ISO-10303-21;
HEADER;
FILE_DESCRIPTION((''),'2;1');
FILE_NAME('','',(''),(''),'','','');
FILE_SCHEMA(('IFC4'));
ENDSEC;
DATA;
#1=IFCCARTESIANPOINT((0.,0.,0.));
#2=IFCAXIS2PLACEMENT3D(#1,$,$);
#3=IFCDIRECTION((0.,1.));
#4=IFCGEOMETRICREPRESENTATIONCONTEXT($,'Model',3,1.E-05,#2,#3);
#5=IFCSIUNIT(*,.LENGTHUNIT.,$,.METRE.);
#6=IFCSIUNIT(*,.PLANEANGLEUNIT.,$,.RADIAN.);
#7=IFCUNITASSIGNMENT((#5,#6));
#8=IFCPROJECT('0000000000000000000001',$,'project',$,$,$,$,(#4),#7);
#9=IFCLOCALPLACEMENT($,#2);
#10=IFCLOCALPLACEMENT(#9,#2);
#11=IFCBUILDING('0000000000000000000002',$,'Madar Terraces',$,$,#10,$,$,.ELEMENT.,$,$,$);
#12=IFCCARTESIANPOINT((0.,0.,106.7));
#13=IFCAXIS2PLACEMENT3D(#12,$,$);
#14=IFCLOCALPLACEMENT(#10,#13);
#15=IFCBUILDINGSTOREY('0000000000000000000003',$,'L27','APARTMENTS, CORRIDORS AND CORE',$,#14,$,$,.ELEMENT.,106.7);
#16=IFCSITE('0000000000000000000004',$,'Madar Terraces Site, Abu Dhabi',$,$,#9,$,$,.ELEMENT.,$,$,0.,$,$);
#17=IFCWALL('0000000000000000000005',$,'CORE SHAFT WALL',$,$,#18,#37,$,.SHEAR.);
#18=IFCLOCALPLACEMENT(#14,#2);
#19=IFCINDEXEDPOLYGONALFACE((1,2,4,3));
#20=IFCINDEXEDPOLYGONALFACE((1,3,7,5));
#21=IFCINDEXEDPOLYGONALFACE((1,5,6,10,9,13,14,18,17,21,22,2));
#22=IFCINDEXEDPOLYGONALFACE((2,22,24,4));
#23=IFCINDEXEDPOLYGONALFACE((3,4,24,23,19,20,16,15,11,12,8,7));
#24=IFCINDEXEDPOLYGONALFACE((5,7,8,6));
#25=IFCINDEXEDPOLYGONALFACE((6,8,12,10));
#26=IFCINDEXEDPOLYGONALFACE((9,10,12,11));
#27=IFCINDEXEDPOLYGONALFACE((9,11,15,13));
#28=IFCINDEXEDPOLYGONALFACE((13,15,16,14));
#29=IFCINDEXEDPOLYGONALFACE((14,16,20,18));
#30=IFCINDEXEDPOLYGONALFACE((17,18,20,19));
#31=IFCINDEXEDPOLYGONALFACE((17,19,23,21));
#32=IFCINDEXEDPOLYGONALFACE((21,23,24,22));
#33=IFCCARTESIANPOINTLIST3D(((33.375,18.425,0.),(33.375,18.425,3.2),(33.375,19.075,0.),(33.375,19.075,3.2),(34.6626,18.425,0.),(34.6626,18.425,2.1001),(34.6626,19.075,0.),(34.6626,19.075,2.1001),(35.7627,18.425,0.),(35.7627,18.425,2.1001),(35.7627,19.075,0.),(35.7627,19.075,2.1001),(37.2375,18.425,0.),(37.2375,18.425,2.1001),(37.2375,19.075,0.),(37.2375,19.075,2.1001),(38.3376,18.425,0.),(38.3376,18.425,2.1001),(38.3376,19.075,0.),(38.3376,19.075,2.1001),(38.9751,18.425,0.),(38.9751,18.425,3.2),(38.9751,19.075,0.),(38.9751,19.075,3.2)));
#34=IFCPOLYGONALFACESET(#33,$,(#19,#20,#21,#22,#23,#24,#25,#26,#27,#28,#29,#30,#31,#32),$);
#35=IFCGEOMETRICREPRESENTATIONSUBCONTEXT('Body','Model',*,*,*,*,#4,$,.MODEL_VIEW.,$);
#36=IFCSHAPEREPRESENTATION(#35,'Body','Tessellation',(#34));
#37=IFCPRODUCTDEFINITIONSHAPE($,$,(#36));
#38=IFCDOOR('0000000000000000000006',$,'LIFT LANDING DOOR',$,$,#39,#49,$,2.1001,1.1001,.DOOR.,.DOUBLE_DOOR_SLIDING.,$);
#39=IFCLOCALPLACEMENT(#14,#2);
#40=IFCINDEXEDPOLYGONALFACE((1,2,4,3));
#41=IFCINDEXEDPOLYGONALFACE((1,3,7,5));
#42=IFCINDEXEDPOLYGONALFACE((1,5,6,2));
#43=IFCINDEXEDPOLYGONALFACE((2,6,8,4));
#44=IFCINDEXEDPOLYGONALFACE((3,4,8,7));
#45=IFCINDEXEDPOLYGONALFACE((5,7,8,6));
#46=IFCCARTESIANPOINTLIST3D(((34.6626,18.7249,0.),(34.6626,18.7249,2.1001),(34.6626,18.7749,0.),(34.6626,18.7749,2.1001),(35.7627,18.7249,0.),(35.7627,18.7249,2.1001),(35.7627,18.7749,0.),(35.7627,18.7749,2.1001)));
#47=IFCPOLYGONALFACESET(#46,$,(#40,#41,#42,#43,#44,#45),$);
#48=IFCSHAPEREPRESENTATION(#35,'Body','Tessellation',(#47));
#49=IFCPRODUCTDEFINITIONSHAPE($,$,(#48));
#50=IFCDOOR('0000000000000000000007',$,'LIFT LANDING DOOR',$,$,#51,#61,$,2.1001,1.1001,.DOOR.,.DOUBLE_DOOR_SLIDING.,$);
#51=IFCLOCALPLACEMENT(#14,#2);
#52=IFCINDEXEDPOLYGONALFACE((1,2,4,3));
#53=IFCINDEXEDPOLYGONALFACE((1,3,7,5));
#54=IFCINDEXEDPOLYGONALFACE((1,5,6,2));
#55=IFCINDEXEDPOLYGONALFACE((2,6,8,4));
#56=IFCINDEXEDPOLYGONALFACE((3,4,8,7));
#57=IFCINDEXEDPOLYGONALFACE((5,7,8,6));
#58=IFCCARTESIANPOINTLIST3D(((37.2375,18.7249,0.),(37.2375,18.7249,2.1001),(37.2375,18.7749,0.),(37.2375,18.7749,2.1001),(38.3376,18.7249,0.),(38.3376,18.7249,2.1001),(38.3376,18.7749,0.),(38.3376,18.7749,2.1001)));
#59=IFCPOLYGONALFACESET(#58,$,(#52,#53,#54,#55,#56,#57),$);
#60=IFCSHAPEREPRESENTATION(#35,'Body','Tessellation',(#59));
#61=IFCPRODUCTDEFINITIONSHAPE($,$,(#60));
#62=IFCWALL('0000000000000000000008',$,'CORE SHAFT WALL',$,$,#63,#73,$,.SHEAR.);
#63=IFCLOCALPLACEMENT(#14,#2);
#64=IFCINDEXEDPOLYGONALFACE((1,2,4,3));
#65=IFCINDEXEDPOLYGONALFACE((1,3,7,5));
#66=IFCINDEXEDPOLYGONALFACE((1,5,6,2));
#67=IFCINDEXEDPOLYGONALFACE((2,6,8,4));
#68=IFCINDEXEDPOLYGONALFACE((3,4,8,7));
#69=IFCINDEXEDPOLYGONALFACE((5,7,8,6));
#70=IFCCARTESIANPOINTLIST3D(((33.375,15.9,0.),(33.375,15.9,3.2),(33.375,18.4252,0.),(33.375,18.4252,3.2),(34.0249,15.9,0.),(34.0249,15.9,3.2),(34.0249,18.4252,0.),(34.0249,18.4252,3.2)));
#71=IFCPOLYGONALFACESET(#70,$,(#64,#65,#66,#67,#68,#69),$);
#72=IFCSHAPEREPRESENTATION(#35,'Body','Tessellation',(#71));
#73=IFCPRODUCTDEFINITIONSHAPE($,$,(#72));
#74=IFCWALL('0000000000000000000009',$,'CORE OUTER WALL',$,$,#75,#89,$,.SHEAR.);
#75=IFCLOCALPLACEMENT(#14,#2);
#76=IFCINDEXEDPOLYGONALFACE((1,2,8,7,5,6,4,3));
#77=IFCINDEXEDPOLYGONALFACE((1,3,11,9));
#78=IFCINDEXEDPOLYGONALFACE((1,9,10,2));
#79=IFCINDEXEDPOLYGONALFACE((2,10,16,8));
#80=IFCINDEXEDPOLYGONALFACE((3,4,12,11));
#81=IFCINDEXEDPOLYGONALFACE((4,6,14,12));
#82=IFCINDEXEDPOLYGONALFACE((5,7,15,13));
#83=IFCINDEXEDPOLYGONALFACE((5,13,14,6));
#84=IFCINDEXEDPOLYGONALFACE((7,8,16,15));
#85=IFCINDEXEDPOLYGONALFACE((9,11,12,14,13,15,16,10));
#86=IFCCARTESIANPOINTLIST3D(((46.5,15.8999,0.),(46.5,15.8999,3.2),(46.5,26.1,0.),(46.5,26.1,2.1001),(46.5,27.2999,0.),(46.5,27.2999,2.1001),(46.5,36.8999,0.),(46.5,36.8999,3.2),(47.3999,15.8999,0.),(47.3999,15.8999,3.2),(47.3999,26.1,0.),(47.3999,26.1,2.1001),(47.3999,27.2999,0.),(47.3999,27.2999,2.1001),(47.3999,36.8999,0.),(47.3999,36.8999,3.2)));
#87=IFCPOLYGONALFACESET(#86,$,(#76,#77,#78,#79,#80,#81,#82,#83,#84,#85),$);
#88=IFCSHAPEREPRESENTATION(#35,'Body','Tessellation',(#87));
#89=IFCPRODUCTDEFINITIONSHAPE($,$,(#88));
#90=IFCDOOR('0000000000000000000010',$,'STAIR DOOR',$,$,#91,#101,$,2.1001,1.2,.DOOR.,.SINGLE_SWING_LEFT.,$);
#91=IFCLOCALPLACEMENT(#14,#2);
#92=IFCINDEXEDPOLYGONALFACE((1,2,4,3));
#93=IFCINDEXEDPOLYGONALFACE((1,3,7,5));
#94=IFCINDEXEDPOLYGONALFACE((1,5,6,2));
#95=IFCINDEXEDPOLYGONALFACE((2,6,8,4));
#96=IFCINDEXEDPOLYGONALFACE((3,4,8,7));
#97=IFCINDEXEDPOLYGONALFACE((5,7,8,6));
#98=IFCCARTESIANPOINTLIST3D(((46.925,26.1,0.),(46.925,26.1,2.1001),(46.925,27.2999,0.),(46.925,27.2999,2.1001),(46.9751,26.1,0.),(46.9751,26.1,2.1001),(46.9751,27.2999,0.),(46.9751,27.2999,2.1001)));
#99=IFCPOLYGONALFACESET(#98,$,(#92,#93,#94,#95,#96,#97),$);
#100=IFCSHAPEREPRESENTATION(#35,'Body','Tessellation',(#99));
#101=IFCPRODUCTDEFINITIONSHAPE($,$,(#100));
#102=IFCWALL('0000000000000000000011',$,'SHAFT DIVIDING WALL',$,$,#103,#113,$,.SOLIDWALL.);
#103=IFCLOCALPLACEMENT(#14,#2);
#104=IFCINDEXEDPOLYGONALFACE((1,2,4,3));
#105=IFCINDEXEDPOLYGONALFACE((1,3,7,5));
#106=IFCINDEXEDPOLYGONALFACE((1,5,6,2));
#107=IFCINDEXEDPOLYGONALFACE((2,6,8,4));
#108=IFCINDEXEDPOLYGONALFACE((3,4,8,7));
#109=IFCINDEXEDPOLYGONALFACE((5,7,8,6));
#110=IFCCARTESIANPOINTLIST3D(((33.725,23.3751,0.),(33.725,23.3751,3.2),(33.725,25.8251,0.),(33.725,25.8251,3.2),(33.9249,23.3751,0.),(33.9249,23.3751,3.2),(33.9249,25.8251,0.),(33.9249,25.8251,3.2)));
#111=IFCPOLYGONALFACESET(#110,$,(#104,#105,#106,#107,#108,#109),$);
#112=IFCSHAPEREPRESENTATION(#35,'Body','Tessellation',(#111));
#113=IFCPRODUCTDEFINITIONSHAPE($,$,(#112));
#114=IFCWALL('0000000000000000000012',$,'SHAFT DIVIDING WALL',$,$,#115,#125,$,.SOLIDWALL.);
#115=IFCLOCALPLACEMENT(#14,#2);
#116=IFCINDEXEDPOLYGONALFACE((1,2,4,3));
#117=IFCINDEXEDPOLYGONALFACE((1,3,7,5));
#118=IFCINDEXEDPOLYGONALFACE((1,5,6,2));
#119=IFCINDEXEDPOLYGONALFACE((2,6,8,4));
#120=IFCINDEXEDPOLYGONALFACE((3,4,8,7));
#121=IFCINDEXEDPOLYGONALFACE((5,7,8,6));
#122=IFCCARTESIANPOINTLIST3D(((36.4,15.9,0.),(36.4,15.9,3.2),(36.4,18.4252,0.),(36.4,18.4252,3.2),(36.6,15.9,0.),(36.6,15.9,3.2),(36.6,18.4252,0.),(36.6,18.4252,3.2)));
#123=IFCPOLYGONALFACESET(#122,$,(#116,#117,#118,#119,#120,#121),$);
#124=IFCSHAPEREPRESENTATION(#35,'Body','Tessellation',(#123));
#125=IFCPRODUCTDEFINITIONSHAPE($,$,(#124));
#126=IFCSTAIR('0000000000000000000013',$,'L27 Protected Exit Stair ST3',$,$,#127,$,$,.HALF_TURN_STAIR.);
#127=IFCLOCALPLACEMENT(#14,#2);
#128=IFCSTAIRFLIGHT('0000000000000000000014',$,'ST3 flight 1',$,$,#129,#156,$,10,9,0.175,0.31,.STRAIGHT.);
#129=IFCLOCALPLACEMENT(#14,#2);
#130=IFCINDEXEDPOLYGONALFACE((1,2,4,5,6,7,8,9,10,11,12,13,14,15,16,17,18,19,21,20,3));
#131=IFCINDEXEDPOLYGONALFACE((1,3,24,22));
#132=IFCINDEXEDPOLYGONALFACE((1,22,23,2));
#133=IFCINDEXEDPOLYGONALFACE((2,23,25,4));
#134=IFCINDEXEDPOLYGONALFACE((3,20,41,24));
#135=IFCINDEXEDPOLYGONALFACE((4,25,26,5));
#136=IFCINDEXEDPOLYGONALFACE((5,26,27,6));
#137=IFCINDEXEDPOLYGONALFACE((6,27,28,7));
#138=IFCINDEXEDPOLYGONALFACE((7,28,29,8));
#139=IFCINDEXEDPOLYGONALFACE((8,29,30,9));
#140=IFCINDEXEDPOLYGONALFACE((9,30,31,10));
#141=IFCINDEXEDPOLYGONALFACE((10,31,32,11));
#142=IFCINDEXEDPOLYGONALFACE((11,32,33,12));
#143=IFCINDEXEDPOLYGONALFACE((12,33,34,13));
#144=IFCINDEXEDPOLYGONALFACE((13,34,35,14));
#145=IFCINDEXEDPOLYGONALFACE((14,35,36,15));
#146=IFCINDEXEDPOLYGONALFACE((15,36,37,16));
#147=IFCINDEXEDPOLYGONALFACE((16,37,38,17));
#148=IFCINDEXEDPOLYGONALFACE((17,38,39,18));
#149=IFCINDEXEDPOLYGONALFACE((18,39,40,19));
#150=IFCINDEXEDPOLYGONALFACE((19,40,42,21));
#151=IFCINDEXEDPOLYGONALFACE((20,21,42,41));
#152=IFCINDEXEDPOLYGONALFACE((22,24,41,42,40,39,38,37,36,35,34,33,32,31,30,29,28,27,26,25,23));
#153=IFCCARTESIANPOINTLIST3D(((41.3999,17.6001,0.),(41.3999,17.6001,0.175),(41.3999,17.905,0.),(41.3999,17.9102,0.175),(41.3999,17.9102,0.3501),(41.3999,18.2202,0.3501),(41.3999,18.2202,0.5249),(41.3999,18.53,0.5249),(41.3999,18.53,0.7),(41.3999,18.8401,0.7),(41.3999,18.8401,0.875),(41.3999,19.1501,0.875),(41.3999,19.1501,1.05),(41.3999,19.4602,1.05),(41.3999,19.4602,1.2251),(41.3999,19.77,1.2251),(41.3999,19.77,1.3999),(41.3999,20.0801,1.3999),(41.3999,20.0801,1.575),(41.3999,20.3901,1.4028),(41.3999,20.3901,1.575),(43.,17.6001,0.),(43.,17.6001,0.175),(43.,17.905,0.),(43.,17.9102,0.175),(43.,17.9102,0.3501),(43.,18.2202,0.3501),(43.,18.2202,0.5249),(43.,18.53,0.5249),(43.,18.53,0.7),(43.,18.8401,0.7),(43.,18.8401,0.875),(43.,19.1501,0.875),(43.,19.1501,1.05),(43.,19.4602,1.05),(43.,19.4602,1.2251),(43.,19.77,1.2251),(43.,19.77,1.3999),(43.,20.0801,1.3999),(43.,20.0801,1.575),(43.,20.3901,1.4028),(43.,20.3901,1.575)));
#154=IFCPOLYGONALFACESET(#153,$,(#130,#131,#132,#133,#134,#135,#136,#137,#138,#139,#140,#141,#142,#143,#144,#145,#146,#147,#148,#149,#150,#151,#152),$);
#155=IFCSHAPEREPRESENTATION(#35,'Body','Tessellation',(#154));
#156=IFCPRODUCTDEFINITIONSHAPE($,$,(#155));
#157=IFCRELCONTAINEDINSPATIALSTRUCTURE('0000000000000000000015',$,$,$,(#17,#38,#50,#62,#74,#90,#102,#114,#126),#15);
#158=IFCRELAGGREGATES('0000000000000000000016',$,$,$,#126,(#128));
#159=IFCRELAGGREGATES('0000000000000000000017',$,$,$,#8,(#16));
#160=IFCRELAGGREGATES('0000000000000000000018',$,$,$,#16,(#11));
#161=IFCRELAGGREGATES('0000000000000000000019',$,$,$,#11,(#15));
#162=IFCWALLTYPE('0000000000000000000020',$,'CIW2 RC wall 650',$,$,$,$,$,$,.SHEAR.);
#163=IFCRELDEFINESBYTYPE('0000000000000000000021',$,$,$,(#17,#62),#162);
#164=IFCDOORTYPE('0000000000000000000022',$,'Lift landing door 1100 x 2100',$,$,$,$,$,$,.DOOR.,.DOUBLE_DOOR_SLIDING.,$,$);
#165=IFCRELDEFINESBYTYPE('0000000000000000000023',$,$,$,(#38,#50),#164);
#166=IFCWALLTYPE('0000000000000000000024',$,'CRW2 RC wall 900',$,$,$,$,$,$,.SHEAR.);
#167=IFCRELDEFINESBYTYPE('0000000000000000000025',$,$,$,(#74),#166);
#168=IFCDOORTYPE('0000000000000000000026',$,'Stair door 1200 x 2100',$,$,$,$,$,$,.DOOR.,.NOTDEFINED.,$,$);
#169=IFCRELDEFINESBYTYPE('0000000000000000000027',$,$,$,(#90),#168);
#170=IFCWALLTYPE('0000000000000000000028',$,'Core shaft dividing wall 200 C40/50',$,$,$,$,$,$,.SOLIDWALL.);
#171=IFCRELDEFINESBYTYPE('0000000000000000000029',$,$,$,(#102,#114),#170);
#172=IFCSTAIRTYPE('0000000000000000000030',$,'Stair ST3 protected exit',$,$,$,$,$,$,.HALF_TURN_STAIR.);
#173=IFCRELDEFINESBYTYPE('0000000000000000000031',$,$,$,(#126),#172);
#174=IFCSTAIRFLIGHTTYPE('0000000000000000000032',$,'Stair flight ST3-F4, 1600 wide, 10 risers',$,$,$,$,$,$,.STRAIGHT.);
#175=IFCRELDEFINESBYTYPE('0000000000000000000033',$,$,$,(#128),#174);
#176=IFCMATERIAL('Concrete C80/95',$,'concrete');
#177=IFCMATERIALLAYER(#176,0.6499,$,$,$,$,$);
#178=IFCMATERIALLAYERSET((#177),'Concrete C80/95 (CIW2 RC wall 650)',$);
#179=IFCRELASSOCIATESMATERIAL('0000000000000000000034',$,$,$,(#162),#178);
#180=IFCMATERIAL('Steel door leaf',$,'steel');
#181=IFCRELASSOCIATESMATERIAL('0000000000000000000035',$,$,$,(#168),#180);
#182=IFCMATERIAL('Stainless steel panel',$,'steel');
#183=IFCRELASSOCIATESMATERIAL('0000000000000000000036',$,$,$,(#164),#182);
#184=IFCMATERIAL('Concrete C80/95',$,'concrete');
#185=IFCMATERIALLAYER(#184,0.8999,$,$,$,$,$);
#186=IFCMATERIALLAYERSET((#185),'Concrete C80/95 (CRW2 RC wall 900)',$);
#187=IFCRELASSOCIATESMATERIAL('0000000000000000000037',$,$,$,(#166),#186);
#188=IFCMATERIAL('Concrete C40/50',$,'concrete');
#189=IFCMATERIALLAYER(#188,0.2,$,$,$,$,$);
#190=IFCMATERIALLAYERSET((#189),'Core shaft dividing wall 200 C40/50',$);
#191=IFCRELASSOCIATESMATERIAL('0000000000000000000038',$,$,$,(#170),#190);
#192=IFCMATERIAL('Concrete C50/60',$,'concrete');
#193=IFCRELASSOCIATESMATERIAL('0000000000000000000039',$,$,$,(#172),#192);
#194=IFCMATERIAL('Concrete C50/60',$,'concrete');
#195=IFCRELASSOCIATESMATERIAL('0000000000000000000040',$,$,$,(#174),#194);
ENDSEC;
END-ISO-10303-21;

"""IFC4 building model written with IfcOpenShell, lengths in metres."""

from ifc_helpers import new_model, si_unit, direction, frame, frame_2d, origin, place, context, subcontext, project, spatial, polyline, rectangle, outline, extrude, material, layer, layer_set, type_object, element, fill, aggregate, save


model = new_model("IFC4")

# Units and contexts
model_context = context("Model", 3, precision=1e-05, world=origin(), true_north=direction((0.0, 1.0)))
body_context = subcontext(model_context, "Body", "Model", "MODEL_VIEW")
ifc_project = project(units=[si_unit("LENGTHUNIT", "METRE"), si_unit("PLANEANGLEUNIT", "RADIAN")], contexts=[model_context])

# Site, building, storey
site_placement = place(None, origin())
site = spatial("IfcSite", under=ifc_project, at=site_placement, Name="Madar Terraces Site, Abu Dhabi", CompositionType="ELEMENT", RefElevation=0.0)
building_placement = place(site_placement, origin())
building = spatial("IfcBuilding", under=site, at=building_placement, Name="Madar Terraces", CompositionType="ELEMENT")
storey_placement = place(building_placement, frame((0.0, 0.0, 106.7)))
storey = spatial("IfcBuildingStorey", under=building, at=storey_placement, Name="L27", Description="APARTMENTS, CORRIDORS AND CORE", CompositionType="ELEMENT", Elevation=106.7)

# Shared definitions
ifc_material_1 = material(Name="Concrete C80/95", Category="concrete")
ifc_layer_1 = layer(ifc_material_1, 0.6499)
ifc_layer_set_1 = layer_set([ifc_layer_1], Name="Concrete C80/95 (CIW2 RC wall 650)")
wall_type_1 = type_object("IfcWallType", Name="CIW2 RC wall 650", PredefinedType="SHEAR", material=ifc_layer_set_1)

# Shared definitions
ifc_material_2 = material(Name="Steel door leaf", Category="steel")
door_type_1 = type_object("IfcDoorType", Name="Stair door 1200 x 2100", OperationType="NOTDEFINED", PredefinedType="DOOR", material=ifc_material_2)
ifc_material_3 = material(Name="Stainless steel panel", Category="steel")
door_type_2 = type_object("IfcDoorType", Name="Lift landing door 1100 x 2100", OperationType="DOUBLE_DOOR_SLIDING", PredefinedType="DOOR", material=ifc_material_3)

# Wall, openings, doors
wall_1_placement = place(storey_placement, frame((33.375, 18.75, 0.0), z_axis=(0.0, 0.0, 1.0), x_axis=(1.0, 0.0, 0.0)))
wall_1 = element("IfcWall", 1, at=wall_1_placement, inside=storey, type_object=wall_type_1, Name="CORE SHAFT WALL", PredefinedType="SHEAR", context=body_context, shape_type="SweptSolid", body=[
    extrude(rectangle(XDim=5.6001, YDim=0.6499, at=frame_2d((2.8, 0.0))), origin(), (0.0, 0.0, 1.0), 3.2),
])
opening_1_placement = place(wall_1_placement, frame((1.2876, 0.0, 0.0)))
opening_1 = element("IfcOpeningElement", 2, at=opening_1_placement, cuts=wall_1, PredefinedType="OPENING", context=body_context, shape_type="SweptSolid", body=[
    extrude(rectangle(XDim=1.1001, YDim=2.1001, at=frame_2d((0.55, 1.05))), frame((0.0, 0.335, 0.0), z_axis=(0.0, -1.0, 0.0), x_axis=(1.0, 0.0, 0.0)), (0.0, 0.0, 1.0), 0.6699),
])
opening_2_placement = place(wall_1_placement, frame((3.8625, 0.0, 0.0)))
opening_2 = element("IfcOpeningElement", 3, at=opening_2_placement, cuts=wall_1, PredefinedType="OPENING", context=body_context, shape_type="SweptSolid", body=[
    extrude(rectangle(XDim=1.1001, YDim=2.1001, at=frame_2d((0.55, 1.05))), frame((0.0, 0.335, 0.0), z_axis=(0.0, -1.0, 0.0), x_axis=(1.0, 0.0, 0.0)), (0.0, 0.0, 1.0), 0.6699),
])
door_1_placement = place(opening_1_placement, origin())
door_1 = element("IfcDoor", 4, at=door_1_placement, inside=storey, type_object=door_type_2, Name="LIFT LANDING DOOR", OperationType="DOUBLE_DOOR_SLIDING", OverallHeight=2.1001, OverallWidth=1.1001, PredefinedType="DOOR", context=body_context, shape_type="SweptSolid", body=[
    extrude(rectangle(XDim=1.1001, YDim=2.1001, at=frame_2d((0.55, 1.05))), frame((0.0, 0.0249, 0.0), z_axis=(0.0, -1.0, 0.0), x_axis=(1.0, 0.0, 0.0)), (0.0, 0.0, 1.0), 0.05),
])
fill(opening_1, door_1)
door_2_placement = place(opening_2_placement, origin())
door_2 = element("IfcDoor", 5, at=door_2_placement, inside=storey, type_object=door_type_2, Name="LIFT LANDING DOOR", OperationType="DOUBLE_DOOR_SLIDING", OverallHeight=2.1001, OverallWidth=1.1001, PredefinedType="DOOR", context=body_context, shape_type="SweptSolid", body=[
    extrude(rectangle(XDim=1.1001, YDim=2.1001, at=frame_2d((0.55, 1.05))), frame((0.0, 0.0249, 0.0), z_axis=(0.0, -1.0, 0.0), x_axis=(1.0, 0.0, 0.0)), (0.0, 0.0, 1.0), 0.05),
])
fill(opening_2, door_2)

# Wall
wall_2_placement = place(storey_placement, frame((33.7, 15.8999, 0.0), z_axis=(0.0, 0.0, 1.0), x_axis=(0.0, 1.0, 0.0)))
element("IfcWall", 6, at=wall_2_placement, inside=storey, type_object=wall_type_1, Name="CORE SHAFT WALL", PredefinedType="SHEAR", context=body_context, shape_type="SweptSolid", body=[
    extrude(rectangle(XDim=2.5251, YDim=0.6499, at=frame_2d((1.2627, 0.0))), origin(), (0.0, 0.0, 1.0), 3.2),
])

# Wall, opening, door
ifc_material_4 = material(Name="Concrete C80/95", Category="concrete")
ifc_layer_2 = layer(ifc_material_4, 0.8999)
ifc_layer_set_2 = layer_set([ifc_layer_2], Name="Concrete C80/95 (CRW2 RC wall 900)")
wall_type_2 = type_object("IfcWallType", Name="CRW2 RC wall 900", PredefinedType="SHEAR", material=ifc_layer_set_2)
wall_3_placement = place(storey_placement, frame((46.95, 15.8999, 0.0), z_axis=(0.0, 0.0, 1.0), x_axis=(0.0, 1.0, 0.0)))
wall_3 = element("IfcWall", 7, at=wall_3_placement, inside=storey, type_object=wall_type_2, Name="CORE OUTER WALL", PredefinedType="SHEAR", context=body_context, shape_type="SweptSolid", body=[
    extrude(rectangle(XDim=21.0, YDim=0.8999, at=frame_2d((10.5, 0.0))), origin(), (0.0, 0.0, 1.0), 3.2),
])
opening_3_placement = place(wall_3_placement, frame((10.2, 0.0, 0.0)))
opening_3 = element("IfcOpeningElement", 8, at=opening_3_placement, cuts=wall_3, PredefinedType="OPENING", context=body_context, shape_type="SweptSolid", body=[
    extrude(rectangle(XDim=1.2, YDim=2.1001, at=frame_2d((0.6001, 1.05))), frame((0.0, 0.46, 0.0), z_axis=(0.0, -1.0, 0.0), x_axis=(1.0, 0.0, 0.0)), (0.0, 0.0, 1.0), 0.9199),
])
door_3_placement = place(opening_3_placement, origin())
door_3 = element("IfcDoor", 9, at=door_3_placement, inside=storey, type_object=door_type_1, Name="STAIR DOOR", OperationType="SINGLE_SWING_LEFT", OverallHeight=2.1001, OverallWidth=1.2, PredefinedType="DOOR", context=body_context, shape_type="SweptSolid", body=[
    extrude(rectangle(XDim=1.2, YDim=2.1001, at=frame_2d((0.6001, 1.05))), frame((0.0, 0.0249, 0.0), z_axis=(0.0, -1.0, 0.0), x_axis=(1.0, 0.0, 0.0)), (0.0, 0.0, 1.0), 0.05),
])
fill(opening_3, door_3)

# Walls
ifc_material_5 = material(Name="Concrete C40/50", Category="concrete")
ifc_layer_3 = layer(ifc_material_5, 0.2)
ifc_layer_set_3 = layer_set([ifc_layer_3], Name="Core shaft dividing wall 200 C40/50")
wall_type_3 = type_object("IfcWallType", Name="Core shaft dividing wall 200 C40/50", PredefinedType="SOLIDWALL", material=ifc_layer_set_3)
wall_4_placement = place(storey_placement, frame((33.825, 23.375, 0.0), z_axis=(0.0, 0.0, 1.0), x_axis=(0.0, 1.0, 0.0)))
element("IfcWall", 10, at=wall_4_placement, inside=storey, type_object=wall_type_3, Name="SHAFT DIVIDING WALL", PredefinedType="SOLIDWALL", context=body_context, shape_type="SweptSolid", body=[
    extrude(rectangle(XDim=2.45, YDim=0.2, at=frame_2d((1.2251, 0.0))), origin(), (0.0, 0.0, 1.0), 3.2),
])
wall_5_placement = place(storey_placement, frame((36.5, 15.8999, 0.0), z_axis=(0.0, 0.0, 1.0), x_axis=(0.0, 1.0, 0.0)))
element("IfcWall", 11, at=wall_5_placement, inside=storey, type_object=wall_type_3, Name="SHAFT DIVIDING WALL", PredefinedType="SOLIDWALL", context=body_context, shape_type="SweptSolid", body=[
    extrude(rectangle(XDim=2.5251, YDim=0.2, at=frame_2d((1.2627, 0.0))), origin(), (0.0, 0.0, 1.0), 3.2),
])

# Stair, stair flight
ifc_material_6 = material(Name="Concrete C50/60", Category="concrete")
stair_type = type_object("IfcStairType", Name="Stair ST3 protected exit", PredefinedType="HALF_TURN_STAIR", material=ifc_material_6)
stair_placement = place(storey_placement, origin())
stair = element("IfcStair", 12, at=stair_placement, inside=storey, type_object=stair_type, Name="L27 Protected Exit Stair ST3", PredefinedType="HALF_TURN_STAIR")
ifc_material_7 = material(Name="Concrete C50/60", Category="concrete")
stair_flight_type = type_object("IfcStairFlightType", Name="Stair flight ST3-F4, 1600 wide, 10 risers", PredefinedType="STRAIGHT", material=ifc_material_7)
stair_flight_1_placement = place(storey_placement, frame((42.2, 17.6001, 0.0), z_axis=(0.0, 0.0, 1.0), x_axis=(0.0, 1.0, 0.0)))
stair_flight_1 = element("IfcStairFlight", 13, at=stair_flight_1_placement, type_object=stair_flight_type, Name="ST3 flight 1", NumberOfRisers=10, NumberOfTreads=9, PredefinedType="STRAIGHT", RiserHeight=0.175, TreadLength=0.31, context=body_context, shape_type="SweptSolid", body=[
    extrude(outline(polyline([(0.0, 0.0), (0.0, 0.175), (0.3101, 0.175), (0.3101, 0.3501), (0.6201, 0.3501), (0.6201, 0.5249), (0.9299, 0.5249), (0.9299, 0.7), (1.24, 0.7), (1.24, 0.875), (1.55, 0.875), (1.55, 1.05), (1.8601, 1.05), (1.8601, 1.2251), (2.1699, 1.2251), (2.1699, 1.3999), (2.48, 1.3999), (2.48, 1.575), (2.79, 1.575), (2.79, 1.75), (2.79, 1.4028), (0.3049, 0.0), (0.0, 0.0)])), frame((0.0, 0.8, 0.0), z_axis=(0.0, -1.0, 0.0), x_axis=(1.0, 0.0, 0.0)), (0.0, 0.0, 1.0), 1.6001),
])
aggregate(stair, [stair_flight_1])

save(model, "model.ifc")
